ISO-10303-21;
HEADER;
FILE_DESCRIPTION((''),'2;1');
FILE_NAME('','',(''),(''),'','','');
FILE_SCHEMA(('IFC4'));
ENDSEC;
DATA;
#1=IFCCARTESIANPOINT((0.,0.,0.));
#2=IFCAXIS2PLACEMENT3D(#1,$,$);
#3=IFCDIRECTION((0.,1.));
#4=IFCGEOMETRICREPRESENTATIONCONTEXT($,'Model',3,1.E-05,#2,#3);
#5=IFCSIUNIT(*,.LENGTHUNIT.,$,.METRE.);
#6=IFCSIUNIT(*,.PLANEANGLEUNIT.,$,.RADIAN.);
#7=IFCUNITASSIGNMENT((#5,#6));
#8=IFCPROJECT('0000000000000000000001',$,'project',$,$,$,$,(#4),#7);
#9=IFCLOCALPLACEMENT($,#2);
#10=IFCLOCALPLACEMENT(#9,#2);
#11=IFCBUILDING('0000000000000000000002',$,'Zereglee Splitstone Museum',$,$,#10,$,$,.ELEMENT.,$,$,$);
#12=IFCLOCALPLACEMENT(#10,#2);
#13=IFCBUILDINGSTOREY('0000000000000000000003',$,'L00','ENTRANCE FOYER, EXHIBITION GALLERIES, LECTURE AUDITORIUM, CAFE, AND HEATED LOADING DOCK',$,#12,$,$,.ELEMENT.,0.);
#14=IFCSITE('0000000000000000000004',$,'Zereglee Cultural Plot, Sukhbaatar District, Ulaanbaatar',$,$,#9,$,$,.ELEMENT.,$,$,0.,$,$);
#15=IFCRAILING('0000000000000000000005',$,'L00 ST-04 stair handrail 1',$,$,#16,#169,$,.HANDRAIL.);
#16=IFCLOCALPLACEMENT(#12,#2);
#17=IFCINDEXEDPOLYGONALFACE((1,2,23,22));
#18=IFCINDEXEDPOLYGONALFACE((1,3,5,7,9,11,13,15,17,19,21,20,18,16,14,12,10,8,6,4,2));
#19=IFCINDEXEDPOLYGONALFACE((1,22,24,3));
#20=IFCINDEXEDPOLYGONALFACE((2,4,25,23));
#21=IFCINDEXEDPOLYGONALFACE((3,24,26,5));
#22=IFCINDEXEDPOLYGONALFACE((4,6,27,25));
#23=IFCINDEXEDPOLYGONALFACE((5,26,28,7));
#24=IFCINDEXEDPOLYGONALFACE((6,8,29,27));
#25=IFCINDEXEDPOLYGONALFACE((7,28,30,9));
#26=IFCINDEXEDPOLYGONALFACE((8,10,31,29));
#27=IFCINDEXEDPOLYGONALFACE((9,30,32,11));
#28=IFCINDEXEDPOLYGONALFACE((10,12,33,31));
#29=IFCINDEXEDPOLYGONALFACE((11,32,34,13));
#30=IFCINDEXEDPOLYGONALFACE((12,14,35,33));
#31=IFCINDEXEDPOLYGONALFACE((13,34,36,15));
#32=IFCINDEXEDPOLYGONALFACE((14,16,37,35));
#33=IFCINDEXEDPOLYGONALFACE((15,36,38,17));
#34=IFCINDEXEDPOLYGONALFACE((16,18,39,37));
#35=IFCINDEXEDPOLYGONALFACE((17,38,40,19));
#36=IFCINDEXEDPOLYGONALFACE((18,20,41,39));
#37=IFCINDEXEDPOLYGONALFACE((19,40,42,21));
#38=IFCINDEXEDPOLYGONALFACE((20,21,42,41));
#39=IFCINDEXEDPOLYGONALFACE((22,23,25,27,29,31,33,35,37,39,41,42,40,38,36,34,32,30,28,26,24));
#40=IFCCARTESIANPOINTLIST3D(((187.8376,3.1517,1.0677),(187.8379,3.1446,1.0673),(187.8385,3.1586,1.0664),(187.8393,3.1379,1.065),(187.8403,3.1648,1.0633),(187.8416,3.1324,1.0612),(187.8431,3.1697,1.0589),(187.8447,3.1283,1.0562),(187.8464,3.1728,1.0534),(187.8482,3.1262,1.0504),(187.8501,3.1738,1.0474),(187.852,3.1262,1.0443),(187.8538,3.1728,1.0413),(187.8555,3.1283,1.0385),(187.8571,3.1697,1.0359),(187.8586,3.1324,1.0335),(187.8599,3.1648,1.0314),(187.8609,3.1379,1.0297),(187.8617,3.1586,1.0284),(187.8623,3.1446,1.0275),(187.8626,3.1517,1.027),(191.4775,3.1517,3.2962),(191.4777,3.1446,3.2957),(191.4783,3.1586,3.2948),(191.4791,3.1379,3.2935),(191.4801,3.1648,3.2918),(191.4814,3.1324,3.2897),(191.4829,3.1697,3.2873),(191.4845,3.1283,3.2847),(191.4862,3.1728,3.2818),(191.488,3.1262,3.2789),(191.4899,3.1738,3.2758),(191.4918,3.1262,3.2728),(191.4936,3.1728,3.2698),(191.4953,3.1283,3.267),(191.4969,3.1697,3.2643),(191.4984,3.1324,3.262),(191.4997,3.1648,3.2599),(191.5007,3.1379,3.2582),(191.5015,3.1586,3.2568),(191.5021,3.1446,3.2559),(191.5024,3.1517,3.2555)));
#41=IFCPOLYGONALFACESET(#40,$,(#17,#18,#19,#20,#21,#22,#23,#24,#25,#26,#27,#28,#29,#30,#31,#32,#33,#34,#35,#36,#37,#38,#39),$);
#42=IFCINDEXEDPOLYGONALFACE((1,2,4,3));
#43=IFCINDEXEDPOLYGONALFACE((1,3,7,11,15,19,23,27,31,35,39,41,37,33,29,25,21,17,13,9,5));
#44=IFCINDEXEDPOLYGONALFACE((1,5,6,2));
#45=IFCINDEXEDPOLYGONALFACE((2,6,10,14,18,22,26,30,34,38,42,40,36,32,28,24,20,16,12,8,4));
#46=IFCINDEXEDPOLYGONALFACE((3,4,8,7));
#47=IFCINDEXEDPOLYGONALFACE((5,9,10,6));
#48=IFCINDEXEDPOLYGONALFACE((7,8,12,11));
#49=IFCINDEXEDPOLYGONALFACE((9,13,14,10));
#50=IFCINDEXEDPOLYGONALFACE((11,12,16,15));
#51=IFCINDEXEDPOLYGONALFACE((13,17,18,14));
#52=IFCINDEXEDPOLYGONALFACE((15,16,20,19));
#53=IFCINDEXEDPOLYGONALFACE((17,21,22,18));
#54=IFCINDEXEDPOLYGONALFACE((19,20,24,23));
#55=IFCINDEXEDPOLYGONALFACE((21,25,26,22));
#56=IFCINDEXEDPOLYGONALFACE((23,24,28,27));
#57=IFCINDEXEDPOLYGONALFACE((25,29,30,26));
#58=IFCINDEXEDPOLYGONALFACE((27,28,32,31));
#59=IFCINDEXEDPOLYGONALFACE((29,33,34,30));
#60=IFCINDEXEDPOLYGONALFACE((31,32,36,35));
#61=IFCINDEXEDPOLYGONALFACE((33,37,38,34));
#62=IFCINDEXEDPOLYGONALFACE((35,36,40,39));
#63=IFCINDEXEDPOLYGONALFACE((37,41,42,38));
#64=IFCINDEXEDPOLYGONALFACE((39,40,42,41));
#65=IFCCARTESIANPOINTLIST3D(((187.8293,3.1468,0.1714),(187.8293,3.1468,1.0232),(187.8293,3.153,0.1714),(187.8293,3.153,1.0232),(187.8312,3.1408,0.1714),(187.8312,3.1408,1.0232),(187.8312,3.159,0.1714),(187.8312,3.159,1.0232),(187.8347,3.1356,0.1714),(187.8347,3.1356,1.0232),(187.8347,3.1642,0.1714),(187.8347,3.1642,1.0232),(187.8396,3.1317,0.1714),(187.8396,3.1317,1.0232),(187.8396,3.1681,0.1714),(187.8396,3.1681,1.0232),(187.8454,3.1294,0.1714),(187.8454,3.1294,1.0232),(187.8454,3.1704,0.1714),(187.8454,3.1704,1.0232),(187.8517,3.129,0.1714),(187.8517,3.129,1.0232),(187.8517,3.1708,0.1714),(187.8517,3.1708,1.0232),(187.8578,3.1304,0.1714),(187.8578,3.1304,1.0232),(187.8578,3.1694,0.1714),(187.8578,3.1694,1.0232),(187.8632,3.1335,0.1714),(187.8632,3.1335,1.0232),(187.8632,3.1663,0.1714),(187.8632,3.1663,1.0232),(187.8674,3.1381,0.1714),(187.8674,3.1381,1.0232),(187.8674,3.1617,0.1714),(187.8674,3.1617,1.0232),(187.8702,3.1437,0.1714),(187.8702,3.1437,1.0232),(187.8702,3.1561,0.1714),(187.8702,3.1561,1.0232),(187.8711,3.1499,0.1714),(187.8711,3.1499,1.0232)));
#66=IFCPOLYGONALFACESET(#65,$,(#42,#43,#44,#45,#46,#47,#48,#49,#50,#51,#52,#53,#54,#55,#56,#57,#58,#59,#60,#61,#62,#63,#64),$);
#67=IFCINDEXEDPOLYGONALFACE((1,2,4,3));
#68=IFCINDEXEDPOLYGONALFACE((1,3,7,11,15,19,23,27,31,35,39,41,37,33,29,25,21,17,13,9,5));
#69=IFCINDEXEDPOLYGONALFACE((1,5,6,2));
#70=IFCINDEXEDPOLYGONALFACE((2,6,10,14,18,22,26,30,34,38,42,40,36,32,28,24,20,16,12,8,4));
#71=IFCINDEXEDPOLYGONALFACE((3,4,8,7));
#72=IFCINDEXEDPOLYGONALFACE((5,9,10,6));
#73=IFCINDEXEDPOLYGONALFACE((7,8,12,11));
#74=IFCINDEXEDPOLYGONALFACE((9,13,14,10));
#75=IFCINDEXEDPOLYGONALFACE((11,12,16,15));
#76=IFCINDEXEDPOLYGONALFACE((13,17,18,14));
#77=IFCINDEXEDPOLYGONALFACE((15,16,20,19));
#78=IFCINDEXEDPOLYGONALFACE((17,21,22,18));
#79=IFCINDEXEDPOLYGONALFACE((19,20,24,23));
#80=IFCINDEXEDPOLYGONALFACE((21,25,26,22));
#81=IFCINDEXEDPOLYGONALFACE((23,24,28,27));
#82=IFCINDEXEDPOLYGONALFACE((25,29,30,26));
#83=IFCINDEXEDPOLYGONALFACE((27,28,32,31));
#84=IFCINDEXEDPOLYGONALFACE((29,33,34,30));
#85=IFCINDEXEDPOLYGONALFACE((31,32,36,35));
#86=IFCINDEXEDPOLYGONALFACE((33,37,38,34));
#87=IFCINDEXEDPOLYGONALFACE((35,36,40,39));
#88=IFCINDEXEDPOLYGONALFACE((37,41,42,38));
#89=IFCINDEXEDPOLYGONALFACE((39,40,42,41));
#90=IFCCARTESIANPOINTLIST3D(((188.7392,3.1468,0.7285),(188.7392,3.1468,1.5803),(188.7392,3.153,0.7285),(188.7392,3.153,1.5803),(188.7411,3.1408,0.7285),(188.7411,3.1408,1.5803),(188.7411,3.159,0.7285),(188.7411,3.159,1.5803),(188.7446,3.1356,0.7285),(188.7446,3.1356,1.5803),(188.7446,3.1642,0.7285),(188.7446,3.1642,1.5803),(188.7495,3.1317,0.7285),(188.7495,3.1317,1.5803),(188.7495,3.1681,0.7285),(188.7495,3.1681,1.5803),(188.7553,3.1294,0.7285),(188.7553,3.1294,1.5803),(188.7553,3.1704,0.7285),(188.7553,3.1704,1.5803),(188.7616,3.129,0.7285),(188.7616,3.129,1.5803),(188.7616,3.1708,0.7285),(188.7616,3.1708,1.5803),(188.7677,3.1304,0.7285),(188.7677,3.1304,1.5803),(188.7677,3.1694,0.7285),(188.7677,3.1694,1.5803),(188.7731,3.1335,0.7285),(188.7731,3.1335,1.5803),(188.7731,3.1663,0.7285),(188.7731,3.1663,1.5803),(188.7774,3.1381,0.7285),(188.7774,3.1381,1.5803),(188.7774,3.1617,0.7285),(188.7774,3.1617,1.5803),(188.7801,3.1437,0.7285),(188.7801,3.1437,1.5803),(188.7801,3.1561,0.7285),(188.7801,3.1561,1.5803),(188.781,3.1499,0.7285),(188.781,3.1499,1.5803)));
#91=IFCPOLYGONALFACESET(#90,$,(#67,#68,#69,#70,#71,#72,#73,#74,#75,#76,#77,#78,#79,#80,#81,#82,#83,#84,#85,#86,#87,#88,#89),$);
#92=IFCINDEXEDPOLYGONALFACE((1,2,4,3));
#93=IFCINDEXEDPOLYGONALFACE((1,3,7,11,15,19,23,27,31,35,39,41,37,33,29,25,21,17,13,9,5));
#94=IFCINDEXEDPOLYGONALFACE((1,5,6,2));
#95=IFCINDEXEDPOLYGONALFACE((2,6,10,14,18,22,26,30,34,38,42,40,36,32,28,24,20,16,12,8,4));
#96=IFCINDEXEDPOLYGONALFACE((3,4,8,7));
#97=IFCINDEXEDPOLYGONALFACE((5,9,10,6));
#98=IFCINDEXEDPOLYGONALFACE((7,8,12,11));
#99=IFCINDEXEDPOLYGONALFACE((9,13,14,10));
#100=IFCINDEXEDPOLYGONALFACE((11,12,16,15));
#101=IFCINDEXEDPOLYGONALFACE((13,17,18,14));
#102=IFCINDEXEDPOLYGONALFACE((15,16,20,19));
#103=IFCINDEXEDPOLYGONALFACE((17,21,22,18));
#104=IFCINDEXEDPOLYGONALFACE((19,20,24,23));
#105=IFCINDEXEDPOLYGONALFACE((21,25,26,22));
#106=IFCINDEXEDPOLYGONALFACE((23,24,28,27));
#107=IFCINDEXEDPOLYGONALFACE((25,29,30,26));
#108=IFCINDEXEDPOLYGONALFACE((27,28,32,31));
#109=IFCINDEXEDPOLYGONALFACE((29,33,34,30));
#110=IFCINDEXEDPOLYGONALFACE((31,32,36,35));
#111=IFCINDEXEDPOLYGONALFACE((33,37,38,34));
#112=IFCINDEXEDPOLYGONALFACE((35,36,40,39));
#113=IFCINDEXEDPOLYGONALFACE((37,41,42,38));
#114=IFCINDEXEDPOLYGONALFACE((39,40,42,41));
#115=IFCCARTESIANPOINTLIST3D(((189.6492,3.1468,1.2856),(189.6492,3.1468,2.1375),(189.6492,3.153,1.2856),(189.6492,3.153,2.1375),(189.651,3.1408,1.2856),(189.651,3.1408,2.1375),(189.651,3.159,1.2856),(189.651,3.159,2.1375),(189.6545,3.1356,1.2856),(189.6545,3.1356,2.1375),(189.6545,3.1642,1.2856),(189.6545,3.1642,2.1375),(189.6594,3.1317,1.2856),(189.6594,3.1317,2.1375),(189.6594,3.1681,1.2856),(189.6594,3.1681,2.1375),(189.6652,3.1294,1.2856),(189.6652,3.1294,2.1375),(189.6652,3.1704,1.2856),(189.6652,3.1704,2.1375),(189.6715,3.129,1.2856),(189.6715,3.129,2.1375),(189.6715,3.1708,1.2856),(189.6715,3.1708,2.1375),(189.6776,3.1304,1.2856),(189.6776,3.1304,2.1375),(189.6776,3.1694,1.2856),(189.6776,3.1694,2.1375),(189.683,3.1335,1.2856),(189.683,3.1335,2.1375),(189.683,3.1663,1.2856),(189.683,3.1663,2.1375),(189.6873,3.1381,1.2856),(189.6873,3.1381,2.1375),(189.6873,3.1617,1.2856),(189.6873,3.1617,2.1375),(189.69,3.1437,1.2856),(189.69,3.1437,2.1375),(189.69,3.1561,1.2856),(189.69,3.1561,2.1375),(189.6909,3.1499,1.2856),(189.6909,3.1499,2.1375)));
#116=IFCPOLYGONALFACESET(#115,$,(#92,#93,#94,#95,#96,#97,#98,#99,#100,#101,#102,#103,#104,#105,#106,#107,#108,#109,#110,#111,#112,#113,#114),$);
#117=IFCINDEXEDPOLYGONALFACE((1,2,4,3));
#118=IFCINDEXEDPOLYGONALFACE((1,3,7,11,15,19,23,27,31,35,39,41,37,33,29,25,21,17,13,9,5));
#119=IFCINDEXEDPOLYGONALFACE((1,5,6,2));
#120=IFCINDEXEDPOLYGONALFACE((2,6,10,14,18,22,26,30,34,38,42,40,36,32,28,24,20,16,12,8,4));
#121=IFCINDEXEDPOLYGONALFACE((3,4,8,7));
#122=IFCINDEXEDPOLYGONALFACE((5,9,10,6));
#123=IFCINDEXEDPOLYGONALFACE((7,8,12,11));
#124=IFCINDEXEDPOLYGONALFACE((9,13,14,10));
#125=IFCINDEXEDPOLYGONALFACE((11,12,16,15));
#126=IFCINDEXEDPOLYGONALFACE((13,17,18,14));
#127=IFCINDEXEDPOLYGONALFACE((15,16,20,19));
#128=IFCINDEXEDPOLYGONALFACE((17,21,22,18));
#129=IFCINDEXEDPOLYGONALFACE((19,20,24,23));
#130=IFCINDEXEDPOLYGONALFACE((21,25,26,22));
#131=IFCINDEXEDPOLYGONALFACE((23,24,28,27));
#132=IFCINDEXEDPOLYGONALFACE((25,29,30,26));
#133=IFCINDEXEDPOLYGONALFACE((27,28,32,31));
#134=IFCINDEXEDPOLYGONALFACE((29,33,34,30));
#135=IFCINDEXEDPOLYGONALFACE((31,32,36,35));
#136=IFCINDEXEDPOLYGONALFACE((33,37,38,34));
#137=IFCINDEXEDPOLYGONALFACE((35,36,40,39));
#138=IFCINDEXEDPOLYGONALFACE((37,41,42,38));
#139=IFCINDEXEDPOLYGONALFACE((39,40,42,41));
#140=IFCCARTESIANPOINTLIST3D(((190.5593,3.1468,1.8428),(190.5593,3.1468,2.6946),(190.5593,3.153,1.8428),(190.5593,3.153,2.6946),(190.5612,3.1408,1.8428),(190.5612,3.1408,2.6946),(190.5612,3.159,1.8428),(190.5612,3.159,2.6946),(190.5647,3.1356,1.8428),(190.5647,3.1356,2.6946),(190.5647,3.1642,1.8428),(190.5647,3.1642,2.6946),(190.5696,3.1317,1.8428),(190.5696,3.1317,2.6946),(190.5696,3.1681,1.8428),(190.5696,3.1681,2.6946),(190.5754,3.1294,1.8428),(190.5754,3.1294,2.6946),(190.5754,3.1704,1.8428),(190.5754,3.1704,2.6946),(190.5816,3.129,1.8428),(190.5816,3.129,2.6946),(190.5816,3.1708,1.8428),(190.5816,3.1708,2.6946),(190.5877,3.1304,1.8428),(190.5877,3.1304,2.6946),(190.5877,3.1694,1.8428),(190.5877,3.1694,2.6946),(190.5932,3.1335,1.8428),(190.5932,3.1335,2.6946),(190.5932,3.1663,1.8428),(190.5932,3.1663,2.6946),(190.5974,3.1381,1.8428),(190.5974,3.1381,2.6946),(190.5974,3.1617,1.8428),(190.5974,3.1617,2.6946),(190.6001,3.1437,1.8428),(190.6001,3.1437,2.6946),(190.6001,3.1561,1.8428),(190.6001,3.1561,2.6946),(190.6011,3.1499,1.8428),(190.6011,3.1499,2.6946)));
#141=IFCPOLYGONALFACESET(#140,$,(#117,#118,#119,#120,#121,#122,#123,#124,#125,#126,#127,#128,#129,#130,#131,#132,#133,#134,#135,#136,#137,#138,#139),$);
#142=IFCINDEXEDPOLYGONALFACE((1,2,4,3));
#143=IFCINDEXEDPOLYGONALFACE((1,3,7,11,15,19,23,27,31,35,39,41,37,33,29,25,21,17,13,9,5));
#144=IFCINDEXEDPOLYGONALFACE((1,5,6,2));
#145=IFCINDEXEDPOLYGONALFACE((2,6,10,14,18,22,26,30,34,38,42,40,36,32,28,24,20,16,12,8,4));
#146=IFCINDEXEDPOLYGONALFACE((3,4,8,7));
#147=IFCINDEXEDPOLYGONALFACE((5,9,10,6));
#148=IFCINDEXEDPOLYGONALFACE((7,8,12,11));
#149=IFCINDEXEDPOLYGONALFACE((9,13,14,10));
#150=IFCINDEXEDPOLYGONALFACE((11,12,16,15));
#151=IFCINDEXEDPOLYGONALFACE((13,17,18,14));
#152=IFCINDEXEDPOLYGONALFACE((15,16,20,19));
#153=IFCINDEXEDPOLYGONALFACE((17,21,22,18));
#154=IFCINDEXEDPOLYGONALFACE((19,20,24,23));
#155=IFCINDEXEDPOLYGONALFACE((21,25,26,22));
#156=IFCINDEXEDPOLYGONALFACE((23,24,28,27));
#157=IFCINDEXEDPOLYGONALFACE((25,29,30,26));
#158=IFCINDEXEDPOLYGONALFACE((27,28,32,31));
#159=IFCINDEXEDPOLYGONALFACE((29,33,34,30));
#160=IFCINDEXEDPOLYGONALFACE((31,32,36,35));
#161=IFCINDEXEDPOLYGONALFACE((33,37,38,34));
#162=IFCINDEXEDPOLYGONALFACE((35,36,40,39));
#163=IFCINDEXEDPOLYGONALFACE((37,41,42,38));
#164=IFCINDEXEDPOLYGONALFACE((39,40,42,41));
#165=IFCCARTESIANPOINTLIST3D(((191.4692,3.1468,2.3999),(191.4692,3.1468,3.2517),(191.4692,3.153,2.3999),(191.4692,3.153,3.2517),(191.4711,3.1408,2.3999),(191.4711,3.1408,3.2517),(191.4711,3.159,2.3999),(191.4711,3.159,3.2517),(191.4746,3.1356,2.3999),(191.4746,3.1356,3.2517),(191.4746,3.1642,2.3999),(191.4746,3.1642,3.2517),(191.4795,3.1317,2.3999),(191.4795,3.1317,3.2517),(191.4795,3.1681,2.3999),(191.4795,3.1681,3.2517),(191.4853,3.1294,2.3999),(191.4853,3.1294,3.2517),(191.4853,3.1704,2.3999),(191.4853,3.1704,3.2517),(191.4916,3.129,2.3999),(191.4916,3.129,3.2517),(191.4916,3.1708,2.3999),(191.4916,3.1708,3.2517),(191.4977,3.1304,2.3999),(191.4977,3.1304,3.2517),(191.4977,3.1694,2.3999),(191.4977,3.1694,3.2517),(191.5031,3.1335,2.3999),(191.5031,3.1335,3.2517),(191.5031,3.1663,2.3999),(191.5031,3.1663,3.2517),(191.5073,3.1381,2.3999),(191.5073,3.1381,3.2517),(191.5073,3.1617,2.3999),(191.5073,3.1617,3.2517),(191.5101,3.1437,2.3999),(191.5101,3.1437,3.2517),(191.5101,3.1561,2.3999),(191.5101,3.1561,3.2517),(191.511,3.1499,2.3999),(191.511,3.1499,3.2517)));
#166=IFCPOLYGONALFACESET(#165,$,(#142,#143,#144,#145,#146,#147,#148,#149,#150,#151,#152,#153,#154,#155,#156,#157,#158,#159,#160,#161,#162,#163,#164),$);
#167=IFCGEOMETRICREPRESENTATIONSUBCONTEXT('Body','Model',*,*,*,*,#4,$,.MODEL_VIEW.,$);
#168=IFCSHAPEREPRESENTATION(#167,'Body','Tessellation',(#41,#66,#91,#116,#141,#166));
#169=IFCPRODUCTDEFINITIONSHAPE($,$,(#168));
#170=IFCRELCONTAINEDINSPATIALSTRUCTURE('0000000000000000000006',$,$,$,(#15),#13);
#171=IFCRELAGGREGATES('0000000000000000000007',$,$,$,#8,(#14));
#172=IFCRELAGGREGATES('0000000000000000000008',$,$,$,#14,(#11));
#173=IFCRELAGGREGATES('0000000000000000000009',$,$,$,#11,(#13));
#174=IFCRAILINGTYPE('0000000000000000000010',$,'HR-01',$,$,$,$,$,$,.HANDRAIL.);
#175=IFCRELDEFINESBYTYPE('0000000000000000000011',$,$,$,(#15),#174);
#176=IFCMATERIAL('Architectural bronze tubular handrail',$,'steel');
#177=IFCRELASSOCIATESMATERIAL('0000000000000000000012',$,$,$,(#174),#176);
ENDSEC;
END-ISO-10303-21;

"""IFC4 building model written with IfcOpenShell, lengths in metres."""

from ifc_helpers import new_model, si_unit, direction, frame, origin, origin_2d, place, context, subcontext, project, spatial, circle, extrude, material, type_object, element, save


model = new_model("IFC4")

# Units and contexts
model_context = context("Model", 3, precision=1e-05, world=origin(), true_north=direction((0.0, 1.0)))
body_context = subcontext(model_context, "Body", "Model", "MODEL_VIEW")
ifc_project = project(units=[si_unit("LENGTHUNIT", "METRE"), si_unit("PLANEANGLEUNIT", "RADIAN")], contexts=[model_context])

# Site, building, storey
site_placement = place(None, origin())
site = spatial("IfcSite", under=ifc_project, at=site_placement, Name="Zereglee Cultural Plot, Sukhbaatar District, Ulaanbaatar", CompositionType="ELEMENT", RefElevation=0.0)
building_placement = place(site_placement, origin())
building = spatial("IfcBuilding", under=site, at=building_placement, Name="Zereglee Splitstone Museum", CompositionType="ELEMENT")
storey_placement = place(building_placement, origin())
storey = spatial("IfcBuildingStorey", under=building, at=storey_placement, Name="L00", Description="ENTRANCE FOYER, EXHIBITION GALLERIES, LECTURE AUDITORIUM, CAFE, AND HEATED LOADING DOCK", CompositionType="ELEMENT", Elevation=0.0)

# Railing
ifc_material_1 = material(Name="Architectural bronze tubular handrail", Category="steel")
railing_type_1 = type_object("IfcRailingType", Name="HR-01", PredefinedType="HANDRAIL", material=ifc_material_1)
railing_1_placement = place(storey_placement, frame((187.8501, 3.1499, 0.1714)))
element("IfcRailing", 1, at=railing_1_placement, inside=storey, type_object=railing_type_1, Name="L00 ST-04 stair handrail 1", PredefinedType="HANDRAIL", context=body_context, shape_type="SweptSolid", body=[
    extrude(circle(Radius=0.0239, at=origin_2d()), frame((0.0, 0.0, 0.876), z_axis=(0.85285, 0.0, 0.522156), x_axis=(0.0, 1.0, 0.0)), (0.0, 0.0, 1.0), 4.2678),
    extrude(circle(Radius=0.021, at=origin_2d()), origin(), (0.0, 0.0, 1.0), 0.8518),
    extrude(circle(Radius=0.021, at=origin_2d()), frame((0.9099, 0.0, 0.5571)), (0.0, 0.0, 1.0), 0.8518),
    extrude(circle(Radius=0.021, at=origin_2d()), frame((1.8198, 0.0, 1.1143)), (0.0, 0.0, 1.0), 0.8518),
    extrude(circle(Radius=0.021, at=origin_2d()), frame((2.73, 0.0, 1.6714)), (0.0, 0.0, 1.0), 0.8518),
    extrude(circle(Radius=0.021, at=origin_2d()), frame((3.6399, 0.0, 2.2285)), (0.0, 0.0, 1.0), 0.8518),
])

save(model, "model.ifc")
